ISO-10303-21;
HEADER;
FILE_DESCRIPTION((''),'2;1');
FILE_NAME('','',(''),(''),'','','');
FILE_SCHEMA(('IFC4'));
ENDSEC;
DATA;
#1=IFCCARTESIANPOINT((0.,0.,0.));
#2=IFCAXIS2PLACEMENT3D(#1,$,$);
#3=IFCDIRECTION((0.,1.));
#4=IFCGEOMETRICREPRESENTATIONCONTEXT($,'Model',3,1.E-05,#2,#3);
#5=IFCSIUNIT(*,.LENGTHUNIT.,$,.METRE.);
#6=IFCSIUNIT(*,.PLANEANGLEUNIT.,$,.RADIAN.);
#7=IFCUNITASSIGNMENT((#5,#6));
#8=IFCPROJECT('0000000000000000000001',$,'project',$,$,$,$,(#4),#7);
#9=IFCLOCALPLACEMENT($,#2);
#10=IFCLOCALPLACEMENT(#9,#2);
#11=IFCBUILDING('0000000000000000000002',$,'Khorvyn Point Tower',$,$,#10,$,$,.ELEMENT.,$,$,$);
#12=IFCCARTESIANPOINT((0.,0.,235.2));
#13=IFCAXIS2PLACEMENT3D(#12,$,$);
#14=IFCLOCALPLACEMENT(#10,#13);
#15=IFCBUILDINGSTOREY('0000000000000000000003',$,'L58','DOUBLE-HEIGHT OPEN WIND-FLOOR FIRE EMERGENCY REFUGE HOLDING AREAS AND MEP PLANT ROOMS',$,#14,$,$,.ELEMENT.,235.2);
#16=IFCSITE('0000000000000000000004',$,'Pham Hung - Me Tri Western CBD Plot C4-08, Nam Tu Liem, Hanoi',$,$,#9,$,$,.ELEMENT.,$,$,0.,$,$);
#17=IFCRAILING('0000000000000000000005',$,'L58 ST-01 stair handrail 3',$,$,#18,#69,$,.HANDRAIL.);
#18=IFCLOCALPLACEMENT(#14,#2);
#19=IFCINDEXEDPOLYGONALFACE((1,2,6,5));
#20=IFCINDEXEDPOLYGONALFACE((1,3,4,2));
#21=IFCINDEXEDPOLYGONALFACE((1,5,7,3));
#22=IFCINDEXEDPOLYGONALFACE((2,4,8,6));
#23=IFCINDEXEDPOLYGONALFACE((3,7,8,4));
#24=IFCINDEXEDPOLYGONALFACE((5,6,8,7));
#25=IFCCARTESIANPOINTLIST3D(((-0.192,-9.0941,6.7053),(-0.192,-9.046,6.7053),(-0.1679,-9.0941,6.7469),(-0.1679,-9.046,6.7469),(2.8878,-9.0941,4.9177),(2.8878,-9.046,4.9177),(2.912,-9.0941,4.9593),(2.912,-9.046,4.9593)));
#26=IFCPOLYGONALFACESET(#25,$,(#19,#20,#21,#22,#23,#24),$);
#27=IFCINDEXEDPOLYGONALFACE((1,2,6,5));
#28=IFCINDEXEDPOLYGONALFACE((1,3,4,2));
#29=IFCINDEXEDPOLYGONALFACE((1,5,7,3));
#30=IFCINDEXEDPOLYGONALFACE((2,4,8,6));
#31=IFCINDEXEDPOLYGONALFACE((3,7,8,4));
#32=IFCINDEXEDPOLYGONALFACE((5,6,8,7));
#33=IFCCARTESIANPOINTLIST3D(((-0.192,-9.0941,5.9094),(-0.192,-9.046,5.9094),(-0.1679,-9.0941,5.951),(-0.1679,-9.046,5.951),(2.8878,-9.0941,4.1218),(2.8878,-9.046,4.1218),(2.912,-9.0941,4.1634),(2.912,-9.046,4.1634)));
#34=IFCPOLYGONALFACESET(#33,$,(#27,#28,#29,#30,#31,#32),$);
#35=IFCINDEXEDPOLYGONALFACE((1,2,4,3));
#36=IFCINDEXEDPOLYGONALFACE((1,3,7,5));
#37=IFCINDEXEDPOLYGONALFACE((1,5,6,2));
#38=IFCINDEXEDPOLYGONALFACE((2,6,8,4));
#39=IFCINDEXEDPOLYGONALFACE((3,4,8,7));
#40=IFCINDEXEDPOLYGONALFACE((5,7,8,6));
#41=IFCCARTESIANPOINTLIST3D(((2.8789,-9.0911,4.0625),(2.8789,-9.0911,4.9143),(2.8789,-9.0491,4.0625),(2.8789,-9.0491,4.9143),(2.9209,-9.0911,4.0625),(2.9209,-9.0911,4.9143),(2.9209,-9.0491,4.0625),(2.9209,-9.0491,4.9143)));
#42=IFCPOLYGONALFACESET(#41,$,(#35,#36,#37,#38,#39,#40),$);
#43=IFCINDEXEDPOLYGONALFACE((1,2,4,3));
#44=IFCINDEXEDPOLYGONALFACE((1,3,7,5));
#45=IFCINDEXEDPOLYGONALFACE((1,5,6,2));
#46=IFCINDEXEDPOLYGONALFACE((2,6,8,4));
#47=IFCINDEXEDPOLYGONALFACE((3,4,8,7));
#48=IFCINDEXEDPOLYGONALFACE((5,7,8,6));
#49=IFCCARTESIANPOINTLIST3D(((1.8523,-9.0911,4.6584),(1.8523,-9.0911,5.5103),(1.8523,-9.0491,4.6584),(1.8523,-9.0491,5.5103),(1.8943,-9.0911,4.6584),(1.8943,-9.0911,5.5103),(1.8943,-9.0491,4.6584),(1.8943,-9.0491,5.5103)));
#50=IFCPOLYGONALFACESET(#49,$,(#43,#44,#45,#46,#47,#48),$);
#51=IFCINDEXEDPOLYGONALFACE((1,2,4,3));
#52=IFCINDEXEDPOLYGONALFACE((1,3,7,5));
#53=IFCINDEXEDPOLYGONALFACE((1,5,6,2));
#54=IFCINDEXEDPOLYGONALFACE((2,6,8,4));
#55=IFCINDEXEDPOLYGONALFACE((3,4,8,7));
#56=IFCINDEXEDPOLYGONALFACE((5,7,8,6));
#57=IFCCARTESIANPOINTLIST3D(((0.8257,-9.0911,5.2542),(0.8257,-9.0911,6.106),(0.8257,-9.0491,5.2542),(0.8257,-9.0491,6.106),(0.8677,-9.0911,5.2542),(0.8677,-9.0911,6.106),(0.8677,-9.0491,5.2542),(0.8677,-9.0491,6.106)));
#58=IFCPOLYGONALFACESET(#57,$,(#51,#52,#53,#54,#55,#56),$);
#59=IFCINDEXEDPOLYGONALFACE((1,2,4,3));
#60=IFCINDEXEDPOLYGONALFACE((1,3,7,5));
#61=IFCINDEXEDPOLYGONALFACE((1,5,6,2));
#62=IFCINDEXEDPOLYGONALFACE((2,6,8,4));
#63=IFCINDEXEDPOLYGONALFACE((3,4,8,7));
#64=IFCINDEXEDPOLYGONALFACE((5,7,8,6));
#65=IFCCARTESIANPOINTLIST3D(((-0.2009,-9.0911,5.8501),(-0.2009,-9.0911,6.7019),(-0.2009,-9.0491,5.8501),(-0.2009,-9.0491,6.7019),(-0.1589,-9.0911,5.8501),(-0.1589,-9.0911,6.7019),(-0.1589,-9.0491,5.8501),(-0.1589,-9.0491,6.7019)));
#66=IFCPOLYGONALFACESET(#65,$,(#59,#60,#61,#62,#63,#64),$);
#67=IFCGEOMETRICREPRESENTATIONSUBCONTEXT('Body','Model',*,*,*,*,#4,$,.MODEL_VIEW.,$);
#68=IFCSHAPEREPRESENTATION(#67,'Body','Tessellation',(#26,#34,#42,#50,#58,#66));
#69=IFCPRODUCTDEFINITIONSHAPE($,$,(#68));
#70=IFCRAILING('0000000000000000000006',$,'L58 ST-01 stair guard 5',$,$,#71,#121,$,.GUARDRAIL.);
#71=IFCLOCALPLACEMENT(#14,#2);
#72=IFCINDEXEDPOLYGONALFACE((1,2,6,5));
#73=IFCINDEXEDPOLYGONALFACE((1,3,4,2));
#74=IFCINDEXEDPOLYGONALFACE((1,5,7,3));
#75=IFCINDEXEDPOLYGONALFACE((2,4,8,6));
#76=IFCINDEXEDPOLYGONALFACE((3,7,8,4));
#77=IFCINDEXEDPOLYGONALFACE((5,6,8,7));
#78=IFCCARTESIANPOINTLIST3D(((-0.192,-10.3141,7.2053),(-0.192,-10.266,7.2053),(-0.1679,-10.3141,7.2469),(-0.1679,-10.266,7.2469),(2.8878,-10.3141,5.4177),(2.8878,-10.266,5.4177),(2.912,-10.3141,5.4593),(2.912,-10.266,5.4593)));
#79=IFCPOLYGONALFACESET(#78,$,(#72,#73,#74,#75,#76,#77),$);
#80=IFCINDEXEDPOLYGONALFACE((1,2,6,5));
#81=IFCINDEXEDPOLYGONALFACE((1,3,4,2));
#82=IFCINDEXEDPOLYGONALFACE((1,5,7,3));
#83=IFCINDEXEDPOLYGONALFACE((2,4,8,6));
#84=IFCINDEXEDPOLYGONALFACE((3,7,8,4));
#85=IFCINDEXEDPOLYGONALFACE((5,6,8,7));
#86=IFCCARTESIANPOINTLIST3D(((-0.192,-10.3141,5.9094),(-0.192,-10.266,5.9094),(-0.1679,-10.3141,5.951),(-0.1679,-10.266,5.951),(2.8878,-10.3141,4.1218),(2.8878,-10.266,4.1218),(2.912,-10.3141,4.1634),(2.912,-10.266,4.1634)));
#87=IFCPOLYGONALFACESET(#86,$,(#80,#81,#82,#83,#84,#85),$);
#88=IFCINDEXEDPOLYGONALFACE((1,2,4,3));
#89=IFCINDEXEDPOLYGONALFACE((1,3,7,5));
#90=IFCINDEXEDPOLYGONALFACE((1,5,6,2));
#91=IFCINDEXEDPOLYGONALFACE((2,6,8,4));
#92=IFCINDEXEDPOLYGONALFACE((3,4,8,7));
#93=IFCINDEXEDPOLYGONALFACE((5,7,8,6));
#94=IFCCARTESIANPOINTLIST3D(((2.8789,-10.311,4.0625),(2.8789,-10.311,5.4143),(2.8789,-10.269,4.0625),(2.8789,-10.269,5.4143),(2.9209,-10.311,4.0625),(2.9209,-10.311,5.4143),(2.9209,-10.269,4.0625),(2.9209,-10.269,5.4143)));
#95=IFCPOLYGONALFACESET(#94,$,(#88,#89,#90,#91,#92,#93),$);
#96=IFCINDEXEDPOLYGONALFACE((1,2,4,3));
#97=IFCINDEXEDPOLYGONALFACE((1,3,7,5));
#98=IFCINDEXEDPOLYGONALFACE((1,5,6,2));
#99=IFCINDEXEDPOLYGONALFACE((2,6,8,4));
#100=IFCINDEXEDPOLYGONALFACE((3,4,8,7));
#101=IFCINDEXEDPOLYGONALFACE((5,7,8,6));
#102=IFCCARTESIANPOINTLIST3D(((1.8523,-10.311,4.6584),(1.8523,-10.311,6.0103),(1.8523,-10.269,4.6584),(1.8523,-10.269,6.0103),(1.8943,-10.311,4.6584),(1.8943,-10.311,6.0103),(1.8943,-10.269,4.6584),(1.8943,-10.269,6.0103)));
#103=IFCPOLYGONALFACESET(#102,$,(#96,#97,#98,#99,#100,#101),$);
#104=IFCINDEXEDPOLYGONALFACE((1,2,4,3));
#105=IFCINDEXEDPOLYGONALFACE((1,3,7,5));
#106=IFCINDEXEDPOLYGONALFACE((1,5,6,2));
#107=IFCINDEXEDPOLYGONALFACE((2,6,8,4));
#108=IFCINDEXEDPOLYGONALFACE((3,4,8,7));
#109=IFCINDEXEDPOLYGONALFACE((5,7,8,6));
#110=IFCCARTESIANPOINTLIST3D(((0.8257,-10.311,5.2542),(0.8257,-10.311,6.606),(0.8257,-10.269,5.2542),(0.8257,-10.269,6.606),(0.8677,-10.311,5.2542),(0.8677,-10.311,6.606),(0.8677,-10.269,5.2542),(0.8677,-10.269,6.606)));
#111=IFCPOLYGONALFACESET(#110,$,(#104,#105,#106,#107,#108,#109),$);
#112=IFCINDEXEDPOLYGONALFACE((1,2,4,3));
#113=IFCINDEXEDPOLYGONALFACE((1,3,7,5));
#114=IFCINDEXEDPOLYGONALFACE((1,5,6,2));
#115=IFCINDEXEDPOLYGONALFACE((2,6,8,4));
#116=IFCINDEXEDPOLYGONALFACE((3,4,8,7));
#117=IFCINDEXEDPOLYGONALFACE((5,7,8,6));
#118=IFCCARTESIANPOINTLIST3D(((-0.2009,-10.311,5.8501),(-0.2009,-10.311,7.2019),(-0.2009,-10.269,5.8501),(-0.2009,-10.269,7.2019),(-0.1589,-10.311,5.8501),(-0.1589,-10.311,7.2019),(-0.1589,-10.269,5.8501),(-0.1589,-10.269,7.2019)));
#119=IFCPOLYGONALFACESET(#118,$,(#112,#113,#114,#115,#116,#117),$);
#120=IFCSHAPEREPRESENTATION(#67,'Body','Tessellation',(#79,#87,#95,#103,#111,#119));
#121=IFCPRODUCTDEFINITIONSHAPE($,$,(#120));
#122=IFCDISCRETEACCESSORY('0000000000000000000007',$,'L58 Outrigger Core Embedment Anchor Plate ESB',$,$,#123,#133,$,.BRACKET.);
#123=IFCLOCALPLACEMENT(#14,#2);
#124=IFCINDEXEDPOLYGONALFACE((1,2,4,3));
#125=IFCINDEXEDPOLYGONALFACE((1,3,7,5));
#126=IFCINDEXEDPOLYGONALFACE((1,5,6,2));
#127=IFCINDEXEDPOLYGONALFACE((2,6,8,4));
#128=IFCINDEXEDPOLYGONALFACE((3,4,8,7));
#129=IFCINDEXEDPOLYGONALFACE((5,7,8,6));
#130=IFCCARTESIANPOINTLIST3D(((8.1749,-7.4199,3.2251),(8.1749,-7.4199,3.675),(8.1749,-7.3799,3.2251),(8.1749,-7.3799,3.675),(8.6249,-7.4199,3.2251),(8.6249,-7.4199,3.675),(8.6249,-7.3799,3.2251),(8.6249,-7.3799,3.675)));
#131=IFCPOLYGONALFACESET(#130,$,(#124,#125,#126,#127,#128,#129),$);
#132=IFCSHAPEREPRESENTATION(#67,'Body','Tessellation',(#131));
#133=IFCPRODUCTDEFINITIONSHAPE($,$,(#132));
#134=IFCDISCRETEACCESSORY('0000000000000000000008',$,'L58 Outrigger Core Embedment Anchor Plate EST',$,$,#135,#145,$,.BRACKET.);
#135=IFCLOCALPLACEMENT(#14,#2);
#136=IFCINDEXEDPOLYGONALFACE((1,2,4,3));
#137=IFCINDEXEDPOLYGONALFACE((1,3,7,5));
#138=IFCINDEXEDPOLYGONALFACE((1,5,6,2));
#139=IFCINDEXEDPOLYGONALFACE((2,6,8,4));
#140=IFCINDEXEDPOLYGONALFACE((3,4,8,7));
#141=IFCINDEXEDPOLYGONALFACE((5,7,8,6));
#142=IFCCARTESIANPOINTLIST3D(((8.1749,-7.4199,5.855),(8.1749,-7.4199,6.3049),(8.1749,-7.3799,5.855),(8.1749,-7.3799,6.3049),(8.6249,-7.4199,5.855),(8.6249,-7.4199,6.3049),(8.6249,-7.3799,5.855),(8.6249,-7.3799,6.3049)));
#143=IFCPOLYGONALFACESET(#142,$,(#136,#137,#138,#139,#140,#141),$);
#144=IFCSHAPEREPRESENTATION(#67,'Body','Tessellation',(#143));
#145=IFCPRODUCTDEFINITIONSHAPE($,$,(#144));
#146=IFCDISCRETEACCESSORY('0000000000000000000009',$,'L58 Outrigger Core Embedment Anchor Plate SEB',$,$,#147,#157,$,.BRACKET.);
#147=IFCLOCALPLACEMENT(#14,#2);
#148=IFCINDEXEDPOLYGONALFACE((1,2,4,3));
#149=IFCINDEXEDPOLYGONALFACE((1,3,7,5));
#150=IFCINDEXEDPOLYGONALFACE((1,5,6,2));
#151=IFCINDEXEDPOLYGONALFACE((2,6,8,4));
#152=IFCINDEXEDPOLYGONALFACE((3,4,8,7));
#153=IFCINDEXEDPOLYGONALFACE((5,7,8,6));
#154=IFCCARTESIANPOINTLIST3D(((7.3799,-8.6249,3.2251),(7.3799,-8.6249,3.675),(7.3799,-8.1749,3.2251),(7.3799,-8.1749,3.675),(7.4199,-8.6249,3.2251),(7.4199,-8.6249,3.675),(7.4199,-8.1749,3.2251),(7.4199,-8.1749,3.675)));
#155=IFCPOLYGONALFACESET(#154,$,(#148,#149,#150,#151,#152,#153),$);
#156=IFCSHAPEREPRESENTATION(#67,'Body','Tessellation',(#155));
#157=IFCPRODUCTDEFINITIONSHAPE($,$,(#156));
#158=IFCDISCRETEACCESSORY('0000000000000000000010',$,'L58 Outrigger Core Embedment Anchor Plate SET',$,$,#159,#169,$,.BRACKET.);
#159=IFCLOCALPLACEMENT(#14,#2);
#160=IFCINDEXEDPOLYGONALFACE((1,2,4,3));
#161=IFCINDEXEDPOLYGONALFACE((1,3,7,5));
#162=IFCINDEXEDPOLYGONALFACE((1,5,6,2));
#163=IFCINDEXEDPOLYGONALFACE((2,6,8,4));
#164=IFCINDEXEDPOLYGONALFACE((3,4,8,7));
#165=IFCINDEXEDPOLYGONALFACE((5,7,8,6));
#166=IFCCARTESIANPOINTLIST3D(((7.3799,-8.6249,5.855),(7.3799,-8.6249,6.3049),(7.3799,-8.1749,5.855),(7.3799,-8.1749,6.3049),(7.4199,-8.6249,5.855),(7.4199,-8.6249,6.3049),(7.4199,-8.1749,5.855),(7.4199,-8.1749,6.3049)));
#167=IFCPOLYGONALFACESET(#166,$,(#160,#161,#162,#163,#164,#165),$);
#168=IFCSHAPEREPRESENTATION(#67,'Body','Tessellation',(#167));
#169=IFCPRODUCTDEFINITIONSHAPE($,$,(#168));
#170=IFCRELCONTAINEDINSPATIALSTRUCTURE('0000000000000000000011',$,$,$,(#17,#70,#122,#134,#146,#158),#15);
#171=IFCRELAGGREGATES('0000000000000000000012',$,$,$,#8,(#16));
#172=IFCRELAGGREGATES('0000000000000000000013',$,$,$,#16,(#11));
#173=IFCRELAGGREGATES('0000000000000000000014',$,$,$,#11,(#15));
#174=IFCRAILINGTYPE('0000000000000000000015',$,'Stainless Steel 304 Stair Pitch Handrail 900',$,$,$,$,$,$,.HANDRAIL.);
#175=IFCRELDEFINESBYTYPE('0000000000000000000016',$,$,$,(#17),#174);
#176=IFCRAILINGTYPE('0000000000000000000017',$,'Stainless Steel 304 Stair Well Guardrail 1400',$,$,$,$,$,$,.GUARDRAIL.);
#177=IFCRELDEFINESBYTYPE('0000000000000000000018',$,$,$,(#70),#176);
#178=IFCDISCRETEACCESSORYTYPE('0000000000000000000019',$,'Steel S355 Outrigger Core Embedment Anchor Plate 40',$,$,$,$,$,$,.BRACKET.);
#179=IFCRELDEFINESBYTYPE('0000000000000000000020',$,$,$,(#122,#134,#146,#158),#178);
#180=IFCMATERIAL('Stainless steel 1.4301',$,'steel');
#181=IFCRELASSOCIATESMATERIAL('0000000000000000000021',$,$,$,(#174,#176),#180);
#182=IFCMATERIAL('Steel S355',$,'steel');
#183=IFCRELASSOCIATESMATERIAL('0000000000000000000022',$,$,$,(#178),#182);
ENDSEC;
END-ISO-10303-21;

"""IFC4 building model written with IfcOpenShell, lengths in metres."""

from ifc_helpers import new_model, si_unit, direction, frame, origin, origin_2d, place, context, subcontext, project, spatial, rectangle, extrude, material, type_object, element, save


model = new_model("IFC4")

# Units and contexts
model_context = context("Model", 3, precision=1e-05, world=origin(), true_north=direction((0.0, 1.0)))
body_context = subcontext(model_context, "Body", "Model", "MODEL_VIEW")
ifc_project = project(units=[si_unit("LENGTHUNIT", "METRE"), si_unit("PLANEANGLEUNIT", "RADIAN")], contexts=[model_context])

# Site, building, storey
site_placement = place(None, origin())
site = spatial("IfcSite", under=ifc_project, at=site_placement, Name="Pham Hung - Me Tri Western CBD Plot C4-08, Nam Tu Liem, Hanoi", CompositionType="ELEMENT", RefElevation=0.0)
building_placement = place(site_placement, origin())
building = spatial("IfcBuilding", under=site, at=building_placement, Name="Khorvyn Point Tower", CompositionType="ELEMENT")
storey_placement = place(building_placement, frame((0.0, 0.0, 235.2)))
storey = spatial("IfcBuildingStorey", under=building, at=storey_placement, Name="L58", Description="DOUBLE-HEIGHT OPEN WIND-FLOOR FIRE EMERGENCY REFUGE HOLDING AREAS AND MEP PLANT ROOMS", CompositionType="ELEMENT", Elevation=235.2)

# Shared definitions
ifc_material_1 = material(Name="Steel S355", Category="steel")

# Railings
ifc_material_2 = material(Name="Stainless steel 1.4301", Category="steel")
railing_type_1 = type_object("IfcRailingType", Name="Stainless Steel 304 Stair Pitch Handrail 900", PredefinedType="HANDRAIL", material=ifc_material_2)
railing_1_placement = place(storey_placement, frame((2.8999, -9.0701, 4.0625)))
element("IfcRailing", 1, at=railing_1_placement, inside=storey, type_object=railing_type_1, Name="L58 ST-01 stair handrail 3", PredefinedType="HANDRAIL", context=body_context, shape_type="SweptSolid", body=[
    extrude(rectangle(XDim=0.0481, YDim=0.0481, at=origin_2d()), frame((0.0, 0.0, 0.876), z_axis=(-0.864873, 0.0, 0.50199), x_axis=(0.0, -1.0, 0.0)), (0.0, 0.0, 1.0), 3.561),
    extrude(rectangle(XDim=0.0481, YDim=0.0481, at=origin_2d()), frame((0.0, 0.0, 0.0801), z_axis=(-0.864873, 0.0, 0.50199), x_axis=(0.0, -1.0, 0.0)), (0.0, 0.0, 1.0), 3.561),
    extrude(rectangle(XDim=0.042, YDim=0.042, at=origin_2d()), origin(), (0.0, 0.0, 1.0), 0.8518),
    extrude(rectangle(XDim=0.042, YDim=0.042, at=origin_2d()), frame((-1.0266, 0.0, 0.5959)), (0.0, 0.0, 1.0), 0.8518),
    extrude(rectangle(XDim=0.042, YDim=0.042, at=origin_2d()), frame((-2.0532, 0.0, 1.1917)), (0.0, 0.0, 1.0), 0.8518),
    extrude(rectangle(XDim=0.042, YDim=0.042, at=origin_2d()), frame((-3.0798, 0.0, 1.7876)), (0.0, 0.0, 1.0), 0.8518),
])
railing_type_2 = type_object("IfcRailingType", Name="Stainless Steel 304 Stair Well Guardrail 1400", PredefinedType="GUARDRAIL", material=ifc_material_2)
railing_2_placement = place(storey_placement, frame((2.8999, -10.29, 4.0625)))
element("IfcRailing", 2, at=railing_2_placement, inside=storey, type_object=railing_type_2, Name="L58 ST-01 stair guard 5", PredefinedType="GUARDRAIL", context=body_context, shape_type="SweptSolid", body=[
    extrude(rectangle(XDim=0.0481, YDim=0.0481, at=origin_2d()), frame((0.0, 0.0, 1.376), z_axis=(-0.864873, 0.0, 0.50199), x_axis=(0.0, -1.0, 0.0)), (0.0, 0.0, 1.0), 3.561),
    extrude(rectangle(XDim=0.0481, YDim=0.0481, at=origin_2d()), frame((0.0, 0.0, 0.0801), z_axis=(-0.864873, 0.0, 0.50199), x_axis=(0.0, -1.0, 0.0)), (0.0, 0.0, 1.0), 3.561),
    extrude(rectangle(XDim=0.042, YDim=0.042, at=origin_2d()), origin(), (0.0, 0.0, 1.0), 1.3518),
    extrude(rectangle(XDim=0.042, YDim=0.042, at=origin_2d()), frame((-1.0266, 0.0, 0.5959)), (0.0, 0.0, 1.0), 1.3518),
    extrude(rectangle(XDim=0.042, YDim=0.042, at=origin_2d()), frame((-2.0532, 0.0, 1.1917)), (0.0, 0.0, 1.0), 1.3518),
    extrude(rectangle(XDim=0.042, YDim=0.042, at=origin_2d()), frame((-3.0798, 0.0, 1.7876)), (0.0, 0.0, 1.0), 1.3518),
])

# Discrete accessories
discrete_accessory_type = type_object("IfcDiscreteAccessoryType", Name="Steel S355 Outrigger Core Embedment Anchor Plate 40", PredefinedType="BRACKET", material=ifc_material_1)
for number, where, z_axis, x_axis, name in (
    (3, (8.3999, -7.3999, 3.2251), (0.0, 0.0, 1.0), (1.0, 0.0, 0.0), "L58 Outrigger Core Embedment Anchor Plate ESB"),
    (4, (8.3999, -7.3999, 5.855), (0.0, 0.0, 1.0), (1.0, 0.0, 0.0), "L58 Outrigger Core Embedment Anchor Plate EST"),
):
    element("IfcDiscreteAccessory", number, at=place(storey_placement, frame(where, z_axis=z_axis, x_axis=x_axis)), inside=storey, type_object=discrete_accessory_type, Name=name, PredefinedType="BRACKET", context=body_context, shape_type="SweptSolid", body=[
        extrude(rectangle(XDim=0.45, YDim=0.04, at=origin_2d()), origin(), (0.0, 0.0, 1.0), 0.45),
    ])
for number, where, z_axis, x_axis, name in (
    (5, (7.3999, -8.3999, 3.2251), (0.0, 0.0, 1.0), (1.0, 0.0, 0.0), "L58 Outrigger Core Embedment Anchor Plate SEB"),
    (6, (7.3999, -8.3999, 5.855), (0.0, 0.0, 1.0), (1.0, 0.0, 0.0), "L58 Outrigger Core Embedment Anchor Plate SET"),
):
    element("IfcDiscreteAccessory", number, at=place(storey_placement, frame(where, z_axis=z_axis, x_axis=x_axis)), inside=storey, type_object=discrete_accessory_type, Name=name, PredefinedType="BRACKET", context=body_context, shape_type="SweptSolid", body=[
        extrude(rectangle(XDim=0.04, YDim=0.45, at=origin_2d()), origin(), (0.0, 0.0, 1.0), 0.45),
    ])

save(model, "model.ifc")
